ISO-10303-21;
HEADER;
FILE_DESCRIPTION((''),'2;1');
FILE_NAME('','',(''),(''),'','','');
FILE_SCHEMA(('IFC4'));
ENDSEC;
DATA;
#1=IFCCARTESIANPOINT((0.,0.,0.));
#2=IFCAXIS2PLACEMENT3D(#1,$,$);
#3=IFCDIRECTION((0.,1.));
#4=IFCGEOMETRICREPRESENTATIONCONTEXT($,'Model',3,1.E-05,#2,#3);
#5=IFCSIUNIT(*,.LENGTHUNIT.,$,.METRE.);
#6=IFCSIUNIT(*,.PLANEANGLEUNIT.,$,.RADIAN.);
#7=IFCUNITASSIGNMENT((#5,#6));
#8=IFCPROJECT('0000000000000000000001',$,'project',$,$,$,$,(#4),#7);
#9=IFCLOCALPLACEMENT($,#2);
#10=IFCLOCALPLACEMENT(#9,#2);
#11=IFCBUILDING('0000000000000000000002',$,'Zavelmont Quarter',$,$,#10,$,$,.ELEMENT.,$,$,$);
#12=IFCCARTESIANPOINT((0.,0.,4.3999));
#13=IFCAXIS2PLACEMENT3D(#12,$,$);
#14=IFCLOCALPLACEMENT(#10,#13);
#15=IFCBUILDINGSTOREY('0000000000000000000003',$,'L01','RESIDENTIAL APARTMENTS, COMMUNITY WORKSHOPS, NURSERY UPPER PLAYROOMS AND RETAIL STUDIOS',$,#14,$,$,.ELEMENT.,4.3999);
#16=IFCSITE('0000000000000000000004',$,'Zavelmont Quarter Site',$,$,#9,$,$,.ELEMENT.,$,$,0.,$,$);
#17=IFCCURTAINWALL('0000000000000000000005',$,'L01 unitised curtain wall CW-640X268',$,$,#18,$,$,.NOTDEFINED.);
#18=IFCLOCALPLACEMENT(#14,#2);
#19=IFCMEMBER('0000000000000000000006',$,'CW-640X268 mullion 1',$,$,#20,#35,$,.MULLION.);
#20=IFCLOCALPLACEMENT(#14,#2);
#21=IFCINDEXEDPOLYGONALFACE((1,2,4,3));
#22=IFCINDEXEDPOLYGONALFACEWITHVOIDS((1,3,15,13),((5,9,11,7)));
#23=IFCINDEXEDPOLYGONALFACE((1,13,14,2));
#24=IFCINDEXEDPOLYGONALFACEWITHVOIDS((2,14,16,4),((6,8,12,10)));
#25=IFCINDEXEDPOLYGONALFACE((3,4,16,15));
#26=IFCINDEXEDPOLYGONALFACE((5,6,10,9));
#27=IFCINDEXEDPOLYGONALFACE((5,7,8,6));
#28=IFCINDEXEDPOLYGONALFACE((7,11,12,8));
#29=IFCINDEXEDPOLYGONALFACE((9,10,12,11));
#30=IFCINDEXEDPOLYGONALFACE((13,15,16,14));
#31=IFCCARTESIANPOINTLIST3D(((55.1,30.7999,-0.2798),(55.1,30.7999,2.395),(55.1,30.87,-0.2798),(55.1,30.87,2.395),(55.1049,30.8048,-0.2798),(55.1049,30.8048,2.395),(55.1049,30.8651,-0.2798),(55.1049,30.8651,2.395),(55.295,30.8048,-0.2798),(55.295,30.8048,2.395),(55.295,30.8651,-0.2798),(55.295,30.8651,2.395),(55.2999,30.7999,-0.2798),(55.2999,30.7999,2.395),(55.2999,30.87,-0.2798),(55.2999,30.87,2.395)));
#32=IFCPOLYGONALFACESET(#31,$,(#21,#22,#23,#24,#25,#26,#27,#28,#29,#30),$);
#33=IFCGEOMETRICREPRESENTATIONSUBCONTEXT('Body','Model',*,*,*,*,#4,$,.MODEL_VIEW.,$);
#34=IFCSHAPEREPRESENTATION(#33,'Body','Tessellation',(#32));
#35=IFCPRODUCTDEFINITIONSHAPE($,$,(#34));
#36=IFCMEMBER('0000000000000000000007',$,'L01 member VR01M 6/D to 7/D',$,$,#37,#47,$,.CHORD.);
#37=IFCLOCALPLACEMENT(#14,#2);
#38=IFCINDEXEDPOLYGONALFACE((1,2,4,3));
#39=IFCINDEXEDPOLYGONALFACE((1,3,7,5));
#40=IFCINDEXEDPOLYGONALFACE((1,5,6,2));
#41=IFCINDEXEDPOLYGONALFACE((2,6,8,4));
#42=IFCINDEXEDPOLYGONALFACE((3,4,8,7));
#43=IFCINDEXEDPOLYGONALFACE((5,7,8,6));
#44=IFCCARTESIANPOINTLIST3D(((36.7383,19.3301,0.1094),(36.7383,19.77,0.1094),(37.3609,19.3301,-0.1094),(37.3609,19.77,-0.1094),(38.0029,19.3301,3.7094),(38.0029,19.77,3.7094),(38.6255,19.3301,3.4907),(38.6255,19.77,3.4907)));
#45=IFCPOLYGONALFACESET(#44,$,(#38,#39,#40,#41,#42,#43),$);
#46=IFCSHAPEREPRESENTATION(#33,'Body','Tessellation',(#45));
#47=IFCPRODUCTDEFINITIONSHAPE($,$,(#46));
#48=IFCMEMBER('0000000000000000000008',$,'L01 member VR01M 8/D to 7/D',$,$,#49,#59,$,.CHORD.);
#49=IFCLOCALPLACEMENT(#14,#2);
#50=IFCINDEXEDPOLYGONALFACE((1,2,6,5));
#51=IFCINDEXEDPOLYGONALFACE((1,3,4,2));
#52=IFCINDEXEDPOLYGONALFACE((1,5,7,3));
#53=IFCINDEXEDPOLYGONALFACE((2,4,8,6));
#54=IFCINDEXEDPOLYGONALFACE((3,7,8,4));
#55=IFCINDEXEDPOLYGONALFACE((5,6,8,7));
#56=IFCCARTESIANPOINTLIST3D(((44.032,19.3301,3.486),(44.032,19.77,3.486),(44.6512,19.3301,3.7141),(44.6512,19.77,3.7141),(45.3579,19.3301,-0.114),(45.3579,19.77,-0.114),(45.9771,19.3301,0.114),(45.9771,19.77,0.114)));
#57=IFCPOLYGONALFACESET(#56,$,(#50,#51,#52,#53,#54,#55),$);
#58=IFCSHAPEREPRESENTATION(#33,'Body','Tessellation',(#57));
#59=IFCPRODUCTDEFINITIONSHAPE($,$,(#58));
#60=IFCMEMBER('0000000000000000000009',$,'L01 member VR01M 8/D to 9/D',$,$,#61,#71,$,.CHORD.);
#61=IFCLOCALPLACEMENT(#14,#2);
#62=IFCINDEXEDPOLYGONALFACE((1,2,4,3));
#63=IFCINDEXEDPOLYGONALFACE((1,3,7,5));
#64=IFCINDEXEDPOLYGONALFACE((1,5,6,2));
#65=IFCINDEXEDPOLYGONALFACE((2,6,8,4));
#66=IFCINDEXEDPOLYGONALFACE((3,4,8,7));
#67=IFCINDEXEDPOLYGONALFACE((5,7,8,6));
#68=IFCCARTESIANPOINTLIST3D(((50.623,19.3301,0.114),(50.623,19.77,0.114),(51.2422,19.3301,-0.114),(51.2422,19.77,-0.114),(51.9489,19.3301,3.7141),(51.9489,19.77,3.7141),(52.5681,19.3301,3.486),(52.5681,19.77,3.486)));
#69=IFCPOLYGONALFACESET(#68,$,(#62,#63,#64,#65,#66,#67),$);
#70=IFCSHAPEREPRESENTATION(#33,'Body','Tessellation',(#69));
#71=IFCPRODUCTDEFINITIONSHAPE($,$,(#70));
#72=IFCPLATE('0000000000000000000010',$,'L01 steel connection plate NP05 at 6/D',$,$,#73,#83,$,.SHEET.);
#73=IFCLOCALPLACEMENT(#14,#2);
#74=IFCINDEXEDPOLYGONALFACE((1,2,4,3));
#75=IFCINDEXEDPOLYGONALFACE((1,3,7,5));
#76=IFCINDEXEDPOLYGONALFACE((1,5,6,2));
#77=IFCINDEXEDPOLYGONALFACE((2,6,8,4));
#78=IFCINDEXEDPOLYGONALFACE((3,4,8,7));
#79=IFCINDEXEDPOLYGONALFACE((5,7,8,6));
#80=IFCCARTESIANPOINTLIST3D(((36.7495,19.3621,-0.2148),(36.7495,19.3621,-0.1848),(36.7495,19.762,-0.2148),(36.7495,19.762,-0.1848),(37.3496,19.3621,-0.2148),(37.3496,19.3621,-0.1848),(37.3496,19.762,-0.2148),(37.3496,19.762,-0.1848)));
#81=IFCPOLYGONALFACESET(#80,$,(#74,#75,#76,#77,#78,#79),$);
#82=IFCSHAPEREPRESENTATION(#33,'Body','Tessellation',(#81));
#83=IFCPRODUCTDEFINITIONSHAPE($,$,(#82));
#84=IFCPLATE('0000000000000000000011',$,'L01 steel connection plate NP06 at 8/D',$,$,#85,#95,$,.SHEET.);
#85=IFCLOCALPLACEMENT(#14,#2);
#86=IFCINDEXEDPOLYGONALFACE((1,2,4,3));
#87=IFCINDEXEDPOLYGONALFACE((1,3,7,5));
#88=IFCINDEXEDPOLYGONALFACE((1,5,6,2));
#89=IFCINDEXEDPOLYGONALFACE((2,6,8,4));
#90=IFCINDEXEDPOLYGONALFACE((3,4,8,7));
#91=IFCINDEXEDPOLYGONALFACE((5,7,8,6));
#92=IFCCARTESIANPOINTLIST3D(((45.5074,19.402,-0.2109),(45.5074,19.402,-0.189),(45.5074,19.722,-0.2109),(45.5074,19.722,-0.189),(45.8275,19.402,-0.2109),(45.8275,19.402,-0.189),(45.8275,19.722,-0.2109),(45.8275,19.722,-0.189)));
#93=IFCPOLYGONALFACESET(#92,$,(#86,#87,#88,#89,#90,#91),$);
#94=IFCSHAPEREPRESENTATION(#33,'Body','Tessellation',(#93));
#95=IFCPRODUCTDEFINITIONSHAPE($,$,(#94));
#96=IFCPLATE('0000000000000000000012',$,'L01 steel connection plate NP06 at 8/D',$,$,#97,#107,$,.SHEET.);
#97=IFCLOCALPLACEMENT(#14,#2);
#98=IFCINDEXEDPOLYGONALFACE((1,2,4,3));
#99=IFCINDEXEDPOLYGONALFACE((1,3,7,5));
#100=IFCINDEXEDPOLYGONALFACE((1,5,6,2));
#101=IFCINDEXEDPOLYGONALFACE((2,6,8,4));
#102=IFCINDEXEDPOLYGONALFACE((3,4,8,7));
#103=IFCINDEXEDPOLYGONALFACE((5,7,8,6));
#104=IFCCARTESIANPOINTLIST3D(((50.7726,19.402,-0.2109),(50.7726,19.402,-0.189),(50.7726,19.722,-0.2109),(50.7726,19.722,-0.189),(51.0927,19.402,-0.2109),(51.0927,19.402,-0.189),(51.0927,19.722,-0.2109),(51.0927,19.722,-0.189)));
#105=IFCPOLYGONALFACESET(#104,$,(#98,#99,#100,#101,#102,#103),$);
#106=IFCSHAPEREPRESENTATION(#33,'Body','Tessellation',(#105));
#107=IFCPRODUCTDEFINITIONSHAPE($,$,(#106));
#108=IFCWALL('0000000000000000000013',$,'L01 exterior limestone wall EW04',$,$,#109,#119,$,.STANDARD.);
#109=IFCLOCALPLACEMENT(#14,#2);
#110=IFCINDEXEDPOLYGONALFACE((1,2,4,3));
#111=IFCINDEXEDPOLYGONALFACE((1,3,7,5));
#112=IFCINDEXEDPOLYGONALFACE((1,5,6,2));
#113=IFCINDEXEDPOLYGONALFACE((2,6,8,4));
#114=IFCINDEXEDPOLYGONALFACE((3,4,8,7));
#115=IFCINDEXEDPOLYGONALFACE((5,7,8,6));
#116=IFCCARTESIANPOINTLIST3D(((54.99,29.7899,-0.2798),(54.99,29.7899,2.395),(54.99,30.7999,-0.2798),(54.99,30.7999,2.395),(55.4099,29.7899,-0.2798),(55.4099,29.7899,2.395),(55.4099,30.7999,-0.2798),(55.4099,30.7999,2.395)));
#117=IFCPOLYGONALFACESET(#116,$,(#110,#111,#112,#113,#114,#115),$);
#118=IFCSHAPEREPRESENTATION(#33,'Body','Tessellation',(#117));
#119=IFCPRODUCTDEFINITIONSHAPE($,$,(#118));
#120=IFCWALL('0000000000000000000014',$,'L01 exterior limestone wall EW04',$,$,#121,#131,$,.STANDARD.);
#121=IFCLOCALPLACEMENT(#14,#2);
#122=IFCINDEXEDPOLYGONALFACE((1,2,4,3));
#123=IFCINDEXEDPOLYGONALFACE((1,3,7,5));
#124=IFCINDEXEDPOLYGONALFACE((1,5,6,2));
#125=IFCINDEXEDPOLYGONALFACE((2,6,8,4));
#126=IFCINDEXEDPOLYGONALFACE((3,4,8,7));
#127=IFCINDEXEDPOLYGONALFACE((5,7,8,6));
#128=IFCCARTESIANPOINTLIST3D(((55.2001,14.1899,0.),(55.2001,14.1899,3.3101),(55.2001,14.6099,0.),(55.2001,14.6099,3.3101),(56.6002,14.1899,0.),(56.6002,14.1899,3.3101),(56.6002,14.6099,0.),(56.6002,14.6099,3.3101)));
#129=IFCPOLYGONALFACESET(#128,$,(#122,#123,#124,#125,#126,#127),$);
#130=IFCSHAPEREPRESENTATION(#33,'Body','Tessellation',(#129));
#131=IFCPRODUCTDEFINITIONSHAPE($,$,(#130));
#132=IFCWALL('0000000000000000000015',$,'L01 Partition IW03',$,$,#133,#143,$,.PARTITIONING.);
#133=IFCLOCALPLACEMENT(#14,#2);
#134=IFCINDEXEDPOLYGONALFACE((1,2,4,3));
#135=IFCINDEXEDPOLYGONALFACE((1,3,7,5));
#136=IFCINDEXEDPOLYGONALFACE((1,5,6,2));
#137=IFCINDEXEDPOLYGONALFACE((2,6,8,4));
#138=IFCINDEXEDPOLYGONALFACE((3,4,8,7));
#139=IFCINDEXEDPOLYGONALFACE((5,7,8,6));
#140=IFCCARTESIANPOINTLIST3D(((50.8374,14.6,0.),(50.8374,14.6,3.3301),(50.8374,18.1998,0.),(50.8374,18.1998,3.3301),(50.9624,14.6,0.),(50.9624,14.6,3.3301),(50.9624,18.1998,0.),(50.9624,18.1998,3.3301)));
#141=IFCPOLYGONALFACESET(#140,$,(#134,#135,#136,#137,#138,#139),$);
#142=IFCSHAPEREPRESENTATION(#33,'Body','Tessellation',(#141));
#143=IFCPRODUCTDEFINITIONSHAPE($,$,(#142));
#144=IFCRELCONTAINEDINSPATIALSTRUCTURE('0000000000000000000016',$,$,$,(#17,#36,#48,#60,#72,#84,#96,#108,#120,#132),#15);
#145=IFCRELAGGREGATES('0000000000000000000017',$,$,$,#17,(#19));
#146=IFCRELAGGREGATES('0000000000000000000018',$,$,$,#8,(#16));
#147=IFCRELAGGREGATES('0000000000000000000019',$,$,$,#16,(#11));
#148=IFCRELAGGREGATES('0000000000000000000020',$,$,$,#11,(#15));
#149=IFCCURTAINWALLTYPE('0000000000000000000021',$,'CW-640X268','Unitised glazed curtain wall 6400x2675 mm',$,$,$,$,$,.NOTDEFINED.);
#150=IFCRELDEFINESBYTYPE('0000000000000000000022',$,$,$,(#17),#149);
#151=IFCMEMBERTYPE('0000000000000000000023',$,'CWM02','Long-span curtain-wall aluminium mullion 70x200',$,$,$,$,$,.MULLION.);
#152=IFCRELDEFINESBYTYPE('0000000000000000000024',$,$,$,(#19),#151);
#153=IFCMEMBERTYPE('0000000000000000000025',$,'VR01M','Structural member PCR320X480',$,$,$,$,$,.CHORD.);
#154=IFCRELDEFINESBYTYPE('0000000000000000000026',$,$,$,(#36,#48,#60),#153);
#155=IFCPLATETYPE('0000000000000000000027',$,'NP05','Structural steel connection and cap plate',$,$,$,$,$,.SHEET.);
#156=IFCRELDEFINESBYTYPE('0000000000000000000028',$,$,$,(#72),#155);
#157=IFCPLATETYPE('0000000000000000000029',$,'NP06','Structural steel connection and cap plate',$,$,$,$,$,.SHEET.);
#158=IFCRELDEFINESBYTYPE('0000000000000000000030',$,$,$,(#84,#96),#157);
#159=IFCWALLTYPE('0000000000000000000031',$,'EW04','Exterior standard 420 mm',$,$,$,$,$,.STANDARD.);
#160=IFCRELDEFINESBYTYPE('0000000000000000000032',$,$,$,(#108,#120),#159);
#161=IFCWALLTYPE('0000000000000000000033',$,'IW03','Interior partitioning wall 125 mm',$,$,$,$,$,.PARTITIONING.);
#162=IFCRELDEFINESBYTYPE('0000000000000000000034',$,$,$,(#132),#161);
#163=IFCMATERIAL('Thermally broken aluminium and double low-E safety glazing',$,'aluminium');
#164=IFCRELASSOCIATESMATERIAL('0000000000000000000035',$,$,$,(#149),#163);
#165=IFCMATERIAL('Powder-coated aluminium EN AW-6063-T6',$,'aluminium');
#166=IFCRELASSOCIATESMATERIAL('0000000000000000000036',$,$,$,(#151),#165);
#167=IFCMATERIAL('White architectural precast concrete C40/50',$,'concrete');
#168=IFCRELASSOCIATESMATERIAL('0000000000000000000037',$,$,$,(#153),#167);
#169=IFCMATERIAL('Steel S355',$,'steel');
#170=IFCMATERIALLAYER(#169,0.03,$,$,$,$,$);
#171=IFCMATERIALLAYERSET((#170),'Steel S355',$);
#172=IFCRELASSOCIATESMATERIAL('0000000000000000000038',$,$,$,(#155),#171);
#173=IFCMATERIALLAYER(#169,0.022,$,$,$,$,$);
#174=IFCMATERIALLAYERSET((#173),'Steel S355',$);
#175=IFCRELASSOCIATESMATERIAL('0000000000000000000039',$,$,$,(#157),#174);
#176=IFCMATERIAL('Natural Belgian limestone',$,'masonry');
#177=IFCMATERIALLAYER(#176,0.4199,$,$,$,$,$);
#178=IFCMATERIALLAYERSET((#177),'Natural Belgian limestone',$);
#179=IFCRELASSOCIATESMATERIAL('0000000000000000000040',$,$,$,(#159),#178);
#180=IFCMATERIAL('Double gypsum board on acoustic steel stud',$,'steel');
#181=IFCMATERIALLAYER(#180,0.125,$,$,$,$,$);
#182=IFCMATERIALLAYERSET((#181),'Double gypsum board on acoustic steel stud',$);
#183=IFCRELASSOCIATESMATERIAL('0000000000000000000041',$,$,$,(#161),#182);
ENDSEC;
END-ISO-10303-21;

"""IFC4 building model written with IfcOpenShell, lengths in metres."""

from ifc_helpers import new_model, si_unit, direction, frame, frame_2d, origin, origin_2d, place, context, subcontext, project, spatial, rectangle, hollow_rectangle, extrude, material, layer, layer_set, material_profile, profile_set, type_object, element, aggregate, save


model = new_model("IFC4")

# Units and contexts
model_context = context("Model", 3, precision=1e-05, world=origin(), true_north=direction((0.0, 1.0)))
body_context = subcontext(model_context, "Body", "Model", "MODEL_VIEW")
ifc_project = project(units=[si_unit("LENGTHUNIT", "METRE"), si_unit("PLANEANGLEUNIT", "RADIAN")], contexts=[model_context])

# Site, building, storey
site_placement = place(None, origin())
site = spatial("IfcSite", under=ifc_project, at=site_placement, Name="Zavelmont Quarter Site", CompositionType="ELEMENT", RefElevation=0.0)
building_placement = place(site_placement, origin())
building = spatial("IfcBuilding", under=site, at=building_placement, Name="Zavelmont Quarter", CompositionType="ELEMENT")
storey_placement = place(building_placement, frame((0.0, 0.0, 4.3999)))
storey = spatial("IfcBuildingStorey", under=building, at=storey_placement, Name="L01", Description="RESIDENTIAL APARTMENTS, COMMUNITY WORKSHOPS, NURSERY UPPER PLAYROOMS AND RETAIL STUDIOS", CompositionType="ELEMENT", Elevation=4.3999)

# Shared definitions
ifc_material_1 = material(Name="Steel S355", Category="steel")

# Curtain wall, member
ifc_material_2 = material(Name="Thermally broken aluminium and double low-E safety glazing", Category="aluminium")
curtain_wall_type = type_object("IfcCurtainWallType", Name="CW-640X268", Description="Unitised glazed curtain wall 6400x2675 mm", PredefinedType="NOTDEFINED", material=ifc_material_2)
curtain_wall_placement = place(storey_placement, origin())
curtain_wall = element("IfcCurtainWall", 1, at=curtain_wall_placement, inside=storey, type_object=curtain_wall_type, Name="L01 unitised curtain wall CW-640X268", PredefinedType="NOTDEFINED")
ifc_material_3 = material(Name="Powder-coated aluminium EN AW-6063-T6", Category="aluminium")
ifc_material_profile_1 = material_profile(ifc_material_3, hollow_rectangle(XDim=0.0701, YDim=0.2, WallThickness=0.0049, at=origin_2d()), Name="CWM70X200")
ifc_profile_set_1 = profile_set([ifc_material_profile_1], Name="Powder-coated aluminium EN AW-6063-T6")
member_type_1 = type_object("IfcMemberType", Name="CWM02", Description="Long-span curtain-wall aluminium mullion 70x200", PredefinedType="MULLION", material=ifc_profile_set_1)
member_1_placement = place(storey_placement, frame((55.2, 30.835, -0.2798), z_axis=(0.0, 0.0, 1.0), x_axis=(0.0, 1.0, 0.0)))
member_1 = element("IfcMember", 2, at=member_1_placement, type_object=member_type_1, Name="CW-640X268 mullion 1", PredefinedType="MULLION", context=body_context, shape_type="SweptSolid", body=[
    extrude(hollow_rectangle(XDim=0.0701, YDim=0.2, WallThickness=0.0049, at=origin_2d()), origin(), (0.0, 0.0, 1.0), 2.6748),
])
aggregate(curtain_wall, [member_1])

# Members
ifc_material_4 = material(Name="White architectural precast concrete C40/50", Category="concrete")
ifc_material_profile_2 = material_profile(ifc_material_4, rectangle(XDim=0.4399, YDim=0.6599, at=origin_2d()), Name="PCR320X480")
ifc_profile_set_2 = profile_set([ifc_material_profile_2], Name="White architectural precast concrete C40/50")
member_type_2 = type_object("IfcMemberType", Name="VR01M", Description="Structural member PCR320X480", PredefinedType="CHORD", material=ifc_profile_set_2)
member_2_placement = place(storey_placement, frame((37.0496, 19.55, 0.0), z_axis=(0.331428, 0.0, 0.943481), x_axis=(0.0, 1.0, 0.0)))
element("IfcMember", 3, at=member_2_placement, inside=storey, type_object=member_type_2, Name="L01 member VR01M 6/D to 7/D", PredefinedType="CHORD", context=body_context, shape_type="SweptSolid", body=[
    extrude(rectangle(XDim=0.4399, YDim=0.6599, at=origin_2d()), origin(), (0.0, 0.0, 1.0), 3.8157),
])
for number, where, z_axis, x_axis, name in (
    (4, (45.6675, 19.55, 0.0), (-0.345608, 0.0, 0.938379), (0.0, -1.0, 0.0), "L01 member VR01M 8/D to 7/D"),
    (5, (50.9326, 19.55, 0.0), (0.345608, 0.0, 0.938379), (0.0, 1.0, 0.0), "L01 member VR01M 8/D to 9/D"),
):
    element("IfcMember", number, at=place(storey_placement, frame(where, z_axis=z_axis, x_axis=x_axis)), inside=storey, type_object=member_type_2, Name=name, PredefinedType="CHORD", context=body_context, shape_type="SweptSolid", body=[
        extrude(rectangle(XDim=0.4399, YDim=0.6599, at=origin_2d()), origin(), (0.0, 0.0, 1.0), 3.8364),
    ])

# Plates
ifc_layer_1 = layer(ifc_material_1, 0.03)
ifc_layer_set_1 = layer_set([ifc_layer_1], Name="Steel S355")
plate_type_1 = type_object("IfcPlateType", Name="NP05", Description="Structural steel connection and cap plate", PredefinedType="SHEET", material=ifc_layer_set_1)
plate_placement = place(storey_placement, frame((37.0496, 19.562, -0.2148), z_axis=(0.0, 0.0, 1.0), x_axis=(1.0, 0.0, 0.0)))
element("IfcPlate", 6, at=plate_placement, inside=storey, type_object=plate_type_1, Name="L01 steel connection plate NP05 at 6/D", PredefinedType="SHEET", context=body_context, shape_type="SweptSolid", body=[
    extrude(rectangle(XDim=0.6001, YDim=0.3999, at=origin_2d()), origin(), (0.0, 0.0, 1.0), 0.03),
])
ifc_layer_2 = layer(ifc_material_1, 0.022)
ifc_layer_set_2 = layer_set([ifc_layer_2], Name="Steel S355")
plate_type_2 = type_object("IfcPlateType", Name="NP06", Description="Structural steel connection and cap plate", PredefinedType="SHEET", material=ifc_layer_set_2)
for number, where, z_axis, x_axis, name in (
    (7, (45.6675, 19.562, -0.2109), (0.0, 0.0, 1.0), (1.0, 0.0, 0.0), "L01 steel connection plate NP06 at 8/D"),
    (8, (50.9326, 19.562, -0.2109), (0.0, 0.0, 1.0), (1.0, 0.0, 0.0), "L01 steel connection plate NP06 at 8/D"),
):
    element("IfcPlate", number, at=place(storey_placement, frame(where, z_axis=z_axis, x_axis=x_axis)), inside=storey, type_object=plate_type_2, Name=name, PredefinedType="SHEET", context=body_context, shape_type="SweptSolid", body=[
        extrude(rectangle(XDim=0.3201, YDim=0.3201, at=origin_2d()), origin(), (0.0, 0.0, 1.0), 0.022),
    ])

# Walls
ifc_material_5 = material(Name="Natural Belgian limestone", Category="masonry")
ifc_layer_3 = layer(ifc_material_5, 0.4199)
ifc_layer_set_3 = layer_set([ifc_layer_3], Name="Natural Belgian limestone")
wall_type_1 = type_object("IfcWallType", Name="EW04", Description="Exterior standard 420 mm", PredefinedType="STANDARD", material=ifc_layer_set_3)
wall_1_placement = place(storey_placement, frame((55.2, 29.79, -0.2798), z_axis=(0.0, 0.0, 1.0), x_axis=(0.0, 1.0, 0.0)))
element("IfcWall", 9, at=wall_1_placement, inside=storey, type_object=wall_type_1, Name="L01 exterior limestone wall EW04", PredefinedType="STANDARD", context=body_context, shape_type="SweptSolid", body=[
    extrude(rectangle(XDim=1.01, YDim=0.4199, at=frame_2d((0.5049, 0.0))), origin(), (0.0, 0.0, 1.0), 2.6748),
])
wall_2_placement = place(storey_placement, frame((55.2, 14.3999, 0.0), z_axis=(0.0, 0.0, 1.0), x_axis=(1.0, 0.0, 0.0)))
element("IfcWall", 10, at=wall_2_placement, inside=storey, type_object=wall_type_1, Name="L01 exterior limestone wall EW04", PredefinedType="STANDARD", context=body_context, shape_type="SweptSolid", body=[
    extrude(rectangle(XDim=1.4001, YDim=0.4199, at=frame_2d((0.7002, 0.0))), origin(), (0.0, 0.0, 1.0), 3.3101),
])
ifc_material_6 = material(Name="Double gypsum board on acoustic steel stud", Category="steel")
ifc_layer_4 = layer(ifc_material_6, 0.125)
ifc_layer_set_4 = layer_set([ifc_layer_4], Name="Double gypsum board on acoustic steel stud")
wall_type_2 = type_object("IfcWallType", Name="IW03", Description="Interior partitioning wall 125 mm", PredefinedType="PARTITIONING", material=ifc_layer_set_4)
wall_3_placement = place(storey_placement, frame((50.8999, 14.6001, 0.0), z_axis=(0.0, 0.0, 1.0), x_axis=(0.0, 1.0, 0.0)))
element("IfcWall", 11, at=wall_3_placement, inside=storey, type_object=wall_type_2, Name="L01 Partition IW03", PredefinedType="PARTITIONING", context=body_context, shape_type="SweptSolid", body=[
    extrude(rectangle(XDim=3.5999, YDim=0.125, at=frame_2d((1.7998, 0.0))), origin(), (0.0, 0.0, 1.0), 3.3301),
])

save(model, "model.ifc")
